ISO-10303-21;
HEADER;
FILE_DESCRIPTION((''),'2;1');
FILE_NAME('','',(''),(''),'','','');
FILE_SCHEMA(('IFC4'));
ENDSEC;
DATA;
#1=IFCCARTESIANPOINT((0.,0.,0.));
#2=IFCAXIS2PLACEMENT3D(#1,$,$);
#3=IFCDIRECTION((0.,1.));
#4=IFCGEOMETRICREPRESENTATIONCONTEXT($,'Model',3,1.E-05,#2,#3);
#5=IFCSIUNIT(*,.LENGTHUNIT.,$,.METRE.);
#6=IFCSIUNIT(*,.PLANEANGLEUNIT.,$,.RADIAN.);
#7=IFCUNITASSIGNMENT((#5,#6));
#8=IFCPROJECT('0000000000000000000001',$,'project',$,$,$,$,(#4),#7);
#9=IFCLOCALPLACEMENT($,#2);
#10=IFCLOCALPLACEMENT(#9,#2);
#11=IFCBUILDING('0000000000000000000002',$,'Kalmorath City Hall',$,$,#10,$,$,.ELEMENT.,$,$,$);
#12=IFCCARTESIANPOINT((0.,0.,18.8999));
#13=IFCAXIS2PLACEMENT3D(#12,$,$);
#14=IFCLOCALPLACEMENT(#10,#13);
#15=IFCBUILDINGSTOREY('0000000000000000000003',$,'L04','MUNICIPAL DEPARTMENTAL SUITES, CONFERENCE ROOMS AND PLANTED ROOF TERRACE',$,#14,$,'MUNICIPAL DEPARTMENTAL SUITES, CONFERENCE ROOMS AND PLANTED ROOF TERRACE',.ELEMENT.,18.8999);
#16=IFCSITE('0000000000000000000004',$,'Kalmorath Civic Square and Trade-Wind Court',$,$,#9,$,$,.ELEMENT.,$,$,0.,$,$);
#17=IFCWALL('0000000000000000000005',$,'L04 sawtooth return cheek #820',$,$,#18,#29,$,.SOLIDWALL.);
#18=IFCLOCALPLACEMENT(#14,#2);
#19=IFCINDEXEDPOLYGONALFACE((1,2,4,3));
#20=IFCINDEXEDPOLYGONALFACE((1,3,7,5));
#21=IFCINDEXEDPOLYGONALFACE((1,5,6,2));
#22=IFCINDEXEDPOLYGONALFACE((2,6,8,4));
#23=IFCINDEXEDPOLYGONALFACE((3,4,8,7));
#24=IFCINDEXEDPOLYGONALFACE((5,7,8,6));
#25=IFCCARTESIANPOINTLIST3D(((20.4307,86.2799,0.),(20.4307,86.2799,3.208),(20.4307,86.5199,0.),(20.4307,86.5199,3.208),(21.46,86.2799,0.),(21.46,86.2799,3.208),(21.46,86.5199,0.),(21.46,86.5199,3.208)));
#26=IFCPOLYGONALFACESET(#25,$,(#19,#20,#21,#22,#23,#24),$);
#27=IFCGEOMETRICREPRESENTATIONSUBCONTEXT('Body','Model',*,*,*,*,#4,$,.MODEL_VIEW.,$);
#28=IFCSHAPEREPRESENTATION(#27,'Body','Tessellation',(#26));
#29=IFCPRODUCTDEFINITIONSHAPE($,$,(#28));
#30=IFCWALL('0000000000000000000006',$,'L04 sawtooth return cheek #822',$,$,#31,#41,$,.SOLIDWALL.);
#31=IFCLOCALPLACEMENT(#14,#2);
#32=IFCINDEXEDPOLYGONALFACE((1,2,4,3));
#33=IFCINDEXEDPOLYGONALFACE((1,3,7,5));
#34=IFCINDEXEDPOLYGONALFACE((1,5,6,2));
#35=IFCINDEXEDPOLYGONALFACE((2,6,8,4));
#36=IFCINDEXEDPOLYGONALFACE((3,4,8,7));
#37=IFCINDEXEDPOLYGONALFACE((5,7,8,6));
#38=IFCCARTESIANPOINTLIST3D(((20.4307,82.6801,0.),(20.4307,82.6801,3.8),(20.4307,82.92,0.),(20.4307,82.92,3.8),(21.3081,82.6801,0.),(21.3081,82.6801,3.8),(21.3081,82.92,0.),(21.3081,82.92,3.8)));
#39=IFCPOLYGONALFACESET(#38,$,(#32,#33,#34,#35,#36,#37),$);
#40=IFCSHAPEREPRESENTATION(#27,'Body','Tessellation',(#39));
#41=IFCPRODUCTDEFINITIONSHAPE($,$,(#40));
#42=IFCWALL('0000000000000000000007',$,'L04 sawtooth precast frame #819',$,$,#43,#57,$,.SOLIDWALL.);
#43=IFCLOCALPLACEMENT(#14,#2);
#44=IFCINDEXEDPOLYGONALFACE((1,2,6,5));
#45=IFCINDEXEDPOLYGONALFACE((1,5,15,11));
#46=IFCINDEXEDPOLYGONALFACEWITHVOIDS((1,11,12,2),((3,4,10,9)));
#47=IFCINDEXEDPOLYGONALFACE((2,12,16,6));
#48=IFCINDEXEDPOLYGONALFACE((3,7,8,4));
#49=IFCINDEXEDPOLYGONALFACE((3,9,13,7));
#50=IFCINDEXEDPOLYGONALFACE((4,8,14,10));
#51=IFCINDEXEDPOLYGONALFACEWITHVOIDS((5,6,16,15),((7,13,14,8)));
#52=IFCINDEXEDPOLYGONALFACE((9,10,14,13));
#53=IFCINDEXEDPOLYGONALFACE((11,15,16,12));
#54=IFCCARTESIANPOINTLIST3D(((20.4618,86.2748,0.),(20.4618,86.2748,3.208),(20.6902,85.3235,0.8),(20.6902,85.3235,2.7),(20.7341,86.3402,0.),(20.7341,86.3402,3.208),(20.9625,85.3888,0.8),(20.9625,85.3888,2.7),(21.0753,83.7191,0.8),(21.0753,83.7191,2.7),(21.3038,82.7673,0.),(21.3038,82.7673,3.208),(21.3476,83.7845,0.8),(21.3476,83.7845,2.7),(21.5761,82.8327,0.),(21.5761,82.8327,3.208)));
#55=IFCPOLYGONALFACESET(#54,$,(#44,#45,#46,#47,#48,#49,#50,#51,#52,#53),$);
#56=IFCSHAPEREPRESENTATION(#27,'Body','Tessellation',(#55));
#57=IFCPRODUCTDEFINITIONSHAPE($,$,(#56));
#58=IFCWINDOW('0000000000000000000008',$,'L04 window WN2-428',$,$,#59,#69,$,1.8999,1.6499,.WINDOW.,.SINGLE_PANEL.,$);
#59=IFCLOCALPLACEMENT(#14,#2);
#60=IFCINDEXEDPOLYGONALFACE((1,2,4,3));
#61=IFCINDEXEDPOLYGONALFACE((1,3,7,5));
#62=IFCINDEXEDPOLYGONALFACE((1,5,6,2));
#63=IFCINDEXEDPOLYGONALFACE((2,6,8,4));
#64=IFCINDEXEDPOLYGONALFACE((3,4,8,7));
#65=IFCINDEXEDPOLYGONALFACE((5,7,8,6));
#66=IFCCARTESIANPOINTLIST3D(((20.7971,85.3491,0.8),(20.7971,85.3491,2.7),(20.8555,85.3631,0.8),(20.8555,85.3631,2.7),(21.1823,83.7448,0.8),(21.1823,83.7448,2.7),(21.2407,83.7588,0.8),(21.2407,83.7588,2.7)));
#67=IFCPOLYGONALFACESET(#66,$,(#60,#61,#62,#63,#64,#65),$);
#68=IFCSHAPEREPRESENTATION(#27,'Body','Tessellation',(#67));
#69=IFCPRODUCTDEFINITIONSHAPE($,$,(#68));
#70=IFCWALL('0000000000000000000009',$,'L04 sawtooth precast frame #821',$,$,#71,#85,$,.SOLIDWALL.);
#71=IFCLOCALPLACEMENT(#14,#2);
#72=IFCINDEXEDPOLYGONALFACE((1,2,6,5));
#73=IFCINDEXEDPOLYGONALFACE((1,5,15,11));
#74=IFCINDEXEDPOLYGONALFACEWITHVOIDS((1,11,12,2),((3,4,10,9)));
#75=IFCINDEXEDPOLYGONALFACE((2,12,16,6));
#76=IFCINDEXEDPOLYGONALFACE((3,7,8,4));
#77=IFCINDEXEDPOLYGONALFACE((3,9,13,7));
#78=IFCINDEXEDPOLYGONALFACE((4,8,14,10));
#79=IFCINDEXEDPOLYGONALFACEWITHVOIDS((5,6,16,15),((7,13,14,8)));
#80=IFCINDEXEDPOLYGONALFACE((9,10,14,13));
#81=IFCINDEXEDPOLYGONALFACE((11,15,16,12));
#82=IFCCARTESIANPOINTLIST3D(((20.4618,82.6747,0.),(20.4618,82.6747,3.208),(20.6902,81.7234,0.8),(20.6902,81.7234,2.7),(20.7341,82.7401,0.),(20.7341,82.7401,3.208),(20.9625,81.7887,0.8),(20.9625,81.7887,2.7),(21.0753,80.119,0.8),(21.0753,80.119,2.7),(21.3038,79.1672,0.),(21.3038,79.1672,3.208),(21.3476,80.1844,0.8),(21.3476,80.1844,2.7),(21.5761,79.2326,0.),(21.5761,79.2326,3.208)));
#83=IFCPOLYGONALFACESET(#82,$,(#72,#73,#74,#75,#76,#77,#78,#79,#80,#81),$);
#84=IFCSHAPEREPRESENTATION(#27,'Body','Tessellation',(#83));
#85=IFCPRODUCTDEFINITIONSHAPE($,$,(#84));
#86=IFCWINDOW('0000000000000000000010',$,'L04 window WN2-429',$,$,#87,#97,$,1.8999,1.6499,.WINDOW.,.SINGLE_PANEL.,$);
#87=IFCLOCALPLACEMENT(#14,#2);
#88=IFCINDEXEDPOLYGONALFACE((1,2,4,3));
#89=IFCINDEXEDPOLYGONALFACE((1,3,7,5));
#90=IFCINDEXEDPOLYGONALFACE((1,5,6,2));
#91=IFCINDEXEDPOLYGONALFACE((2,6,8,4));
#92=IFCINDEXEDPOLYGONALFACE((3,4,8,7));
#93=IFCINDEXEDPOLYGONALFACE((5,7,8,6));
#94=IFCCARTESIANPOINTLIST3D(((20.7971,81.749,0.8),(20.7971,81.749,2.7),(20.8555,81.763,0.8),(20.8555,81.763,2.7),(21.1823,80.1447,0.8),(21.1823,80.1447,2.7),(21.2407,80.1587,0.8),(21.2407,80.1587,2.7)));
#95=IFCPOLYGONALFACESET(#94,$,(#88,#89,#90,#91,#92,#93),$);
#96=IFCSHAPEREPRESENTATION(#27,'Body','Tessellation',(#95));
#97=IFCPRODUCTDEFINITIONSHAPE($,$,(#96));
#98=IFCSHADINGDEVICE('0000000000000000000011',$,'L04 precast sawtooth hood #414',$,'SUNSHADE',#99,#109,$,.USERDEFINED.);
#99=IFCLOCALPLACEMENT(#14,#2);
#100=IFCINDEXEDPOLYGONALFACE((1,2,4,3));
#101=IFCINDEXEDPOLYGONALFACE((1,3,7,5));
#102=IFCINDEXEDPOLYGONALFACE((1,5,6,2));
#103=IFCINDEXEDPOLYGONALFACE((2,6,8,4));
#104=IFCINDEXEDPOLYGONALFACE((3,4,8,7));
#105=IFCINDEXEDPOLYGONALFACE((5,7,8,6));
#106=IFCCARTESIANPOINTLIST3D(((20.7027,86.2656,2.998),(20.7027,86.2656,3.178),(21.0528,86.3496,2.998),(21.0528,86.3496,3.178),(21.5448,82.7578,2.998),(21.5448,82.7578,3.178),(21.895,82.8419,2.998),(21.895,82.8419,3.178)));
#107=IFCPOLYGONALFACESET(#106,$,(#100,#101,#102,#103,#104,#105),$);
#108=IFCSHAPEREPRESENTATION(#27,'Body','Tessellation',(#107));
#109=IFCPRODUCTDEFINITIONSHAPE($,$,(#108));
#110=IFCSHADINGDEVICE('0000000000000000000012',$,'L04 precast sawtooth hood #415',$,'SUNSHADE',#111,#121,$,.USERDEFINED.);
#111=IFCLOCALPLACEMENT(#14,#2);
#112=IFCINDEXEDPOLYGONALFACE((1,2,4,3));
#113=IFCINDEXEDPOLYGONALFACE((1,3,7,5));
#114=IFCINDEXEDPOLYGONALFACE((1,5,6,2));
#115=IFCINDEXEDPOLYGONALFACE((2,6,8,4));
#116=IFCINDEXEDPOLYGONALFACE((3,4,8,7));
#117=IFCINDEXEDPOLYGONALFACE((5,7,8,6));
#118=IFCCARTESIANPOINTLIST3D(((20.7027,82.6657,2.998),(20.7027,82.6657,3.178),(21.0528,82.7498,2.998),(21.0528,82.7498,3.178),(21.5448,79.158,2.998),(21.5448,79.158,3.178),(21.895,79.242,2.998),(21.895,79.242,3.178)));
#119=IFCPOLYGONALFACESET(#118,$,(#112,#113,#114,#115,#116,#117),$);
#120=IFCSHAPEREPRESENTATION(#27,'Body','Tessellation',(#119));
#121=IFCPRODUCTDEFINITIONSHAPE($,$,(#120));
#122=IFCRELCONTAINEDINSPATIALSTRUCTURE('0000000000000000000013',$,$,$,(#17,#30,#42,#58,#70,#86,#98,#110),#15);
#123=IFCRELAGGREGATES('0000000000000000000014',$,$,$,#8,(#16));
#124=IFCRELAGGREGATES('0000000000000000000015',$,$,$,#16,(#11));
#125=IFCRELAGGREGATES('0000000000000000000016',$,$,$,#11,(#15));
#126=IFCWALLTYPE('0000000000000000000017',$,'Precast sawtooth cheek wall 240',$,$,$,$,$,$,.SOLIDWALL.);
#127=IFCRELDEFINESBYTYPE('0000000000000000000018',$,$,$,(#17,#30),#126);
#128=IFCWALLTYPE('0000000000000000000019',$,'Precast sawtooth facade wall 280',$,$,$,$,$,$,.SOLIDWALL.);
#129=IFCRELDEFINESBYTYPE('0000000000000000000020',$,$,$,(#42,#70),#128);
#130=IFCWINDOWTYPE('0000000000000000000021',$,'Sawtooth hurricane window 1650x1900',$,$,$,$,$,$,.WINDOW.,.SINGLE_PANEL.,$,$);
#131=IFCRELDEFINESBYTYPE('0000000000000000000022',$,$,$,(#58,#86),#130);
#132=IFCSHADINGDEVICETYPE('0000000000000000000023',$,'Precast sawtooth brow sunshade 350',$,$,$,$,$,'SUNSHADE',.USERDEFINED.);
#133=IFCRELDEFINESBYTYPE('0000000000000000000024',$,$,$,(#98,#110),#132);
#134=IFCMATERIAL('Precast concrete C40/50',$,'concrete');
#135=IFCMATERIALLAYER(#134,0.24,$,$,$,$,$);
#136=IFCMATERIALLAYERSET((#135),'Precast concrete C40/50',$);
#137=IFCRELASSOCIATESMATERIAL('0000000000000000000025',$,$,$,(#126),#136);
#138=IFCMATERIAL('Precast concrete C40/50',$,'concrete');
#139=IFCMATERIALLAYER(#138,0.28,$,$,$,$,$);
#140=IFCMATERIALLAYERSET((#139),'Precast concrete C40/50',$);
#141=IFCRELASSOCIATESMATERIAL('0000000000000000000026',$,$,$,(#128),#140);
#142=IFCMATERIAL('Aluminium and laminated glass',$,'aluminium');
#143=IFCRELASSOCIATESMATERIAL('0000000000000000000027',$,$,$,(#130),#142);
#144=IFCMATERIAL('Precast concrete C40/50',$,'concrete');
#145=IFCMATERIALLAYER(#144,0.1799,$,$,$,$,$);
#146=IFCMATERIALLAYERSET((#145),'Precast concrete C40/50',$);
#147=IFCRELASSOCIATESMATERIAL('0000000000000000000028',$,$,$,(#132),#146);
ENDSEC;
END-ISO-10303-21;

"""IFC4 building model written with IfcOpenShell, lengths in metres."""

from ifc_helpers import new_model, si_unit, direction, frame, frame_2d, origin, origin_2d, place, context, subcontext, project, spatial, rectangle, extrude, material, layer, layer_set, type_object, element, fill, save


model = new_model("IFC4")

# Units and contexts
model_context = context("Model", 3, precision=1e-05, world=origin(), true_north=direction((0.0, 1.0)))
body_context = subcontext(model_context, "Body", "Model", "MODEL_VIEW")
ifc_project = project(units=[si_unit("LENGTHUNIT", "METRE"), si_unit("PLANEANGLEUNIT", "RADIAN")], contexts=[model_context])

# Site, building, storey
site_placement = place(None, origin())
site = spatial("IfcSite", under=ifc_project, at=site_placement, Name="Kalmorath Civic Square and Trade-Wind Court", CompositionType="ELEMENT", RefElevation=0.0)
building_placement = place(site_placement, origin())
building = spatial("IfcBuilding", under=site, at=building_placement, Name="Kalmorath City Hall", CompositionType="ELEMENT")
storey_placement = place(building_placement, frame((0.0, 0.0, 18.8999)))
storey = spatial("IfcBuildingStorey", under=building, at=storey_placement, Name="L04", Description="MUNICIPAL DEPARTMENTAL SUITES, CONFERENCE ROOMS AND PLANTED ROOF TERRACE", LongName="MUNICIPAL DEPARTMENTAL SUITES, CONFERENCE ROOMS AND PLANTED ROOF TERRACE", CompositionType="ELEMENT", Elevation=18.8999)

# Walls
ifc_material_1 = material(Name="Precast concrete C40/50", Category="concrete")
ifc_layer_1 = layer(ifc_material_1, 0.24)
ifc_layer_set_1 = layer_set([ifc_layer_1], Name="Precast concrete C40/50")
wall_type_1 = type_object("IfcWallType", Name="Precast sawtooth cheek wall 240", PredefinedType="SOLIDWALL", material=ifc_layer_set_1)
wall_1_placement = place(storey_placement, frame((20.4307, 86.3999, 0.0), z_axis=(0.0, 0.0, 1.0), x_axis=(1.0, 0.0, 0.0)))
element("IfcWall", 1, at=wall_1_placement, inside=storey, type_object=wall_type_1, Name="L04 sawtooth return cheek #820", PredefinedType="SOLIDWALL", context=body_context, shape_type="SweptSolid", body=[
    extrude(rectangle(XDim=1.0293, YDim=0.24, at=frame_2d((0.5146, 0.0))), origin(), (0.0, 0.0, 1.0), 3.208),
])
wall_2_placement = place(storey_placement, frame((20.4307, 82.8, 0.0), z_axis=(0.0, 0.0, 1.0), x_axis=(1.0, 0.0, 0.0)))
element("IfcWall", 2, at=wall_2_placement, inside=storey, type_object=wall_type_1, Name="L04 sawtooth return cheek #822", PredefinedType="SOLIDWALL", context=body_context, shape_type="SweptSolid", body=[
    extrude(rectangle(XDim=0.8774, YDim=0.24, at=frame_2d((0.4387, 0.0))), origin(), (0.0, 0.0, 1.0), 3.8),
])

# Walls, openings, windows
ifc_material_2 = material(Name="Precast concrete C40/50", Category="concrete")
ifc_layer_2 = layer(ifc_material_2, 0.28)
ifc_layer_set_2 = layer_set([ifc_layer_2], Name="Precast concrete C40/50")
wall_type_2 = type_object("IfcWallType", Name="Precast sawtooth facade wall 280", PredefinedType="SOLIDWALL", material=ifc_layer_set_2)
wall_3_placement = place(storey_placement, frame((20.5979, 86.3076, 0.0), z_axis=(0.0, 0.0, 1.0), x_axis=(0.233432, -0.972373, 0.0)))
wall_3 = element("IfcWall", 3, at=wall_3_placement, inside=storey, type_object=wall_type_2, Name="L04 sawtooth precast frame #819", PredefinedType="SOLIDWALL", context=body_context, shape_type="SweptSolid", body=[
    extrude(rectangle(XDim=3.6072, YDim=0.28, at=frame_2d((1.8037, 0.0))), origin(), (0.0, 0.0, 1.0), 3.208),
])
opening_1_placement = place(wall_3_placement, frame((0.9785, 0.0, 0.8)))
opening_1 = element("IfcOpeningElement", 4, at=opening_1_placement, cuts=wall_3, PredefinedType="OPENING", context=body_context, shape_type="SweptSolid", body=[
    extrude(rectangle(XDim=1.6499, YDim=1.8999, at=frame_2d((0.825, 0.95))), frame((0.0, 0.1499, 0.0), z_axis=(0.0, -1.0, 0.0), x_axis=(1.0, 0.0, 0.0)), (0.0, 0.0, 1.0), 0.3),
])
ifc_material_3 = material(Name="Aluminium and laminated glass", Category="aluminium")
window_type = type_object("IfcWindowType", Name="Sawtooth hurricane window 1650x1900", PartitioningType="SINGLE_PANEL", PredefinedType="WINDOW", material=ifc_material_3)
window_1_placement = place(opening_1_placement, origin())
window_1 = element("IfcWindow", 5, at=window_1_placement, inside=storey, type_object=window_type, Name="L04 window WN2-428", OverallHeight=1.8999, OverallWidth=1.6499, PartitioningType="SINGLE_PANEL", PredefinedType="WINDOW", context=body_context, shape_type="SweptSolid", body=[
    extrude(rectangle(XDim=1.6499, YDim=1.8999, at=frame_2d((0.825, 0.95))), frame((0.0, 0.03, 0.0), z_axis=(0.0, -1.0, 0.0), x_axis=(1.0, 0.0, 0.0)), (0.0, 0.0, 1.0), 0.0601),
])
fill(opening_1, window_1)
wall_4_placement = place(storey_placement, frame((20.5979, 82.7075, 0.0), z_axis=(0.0, 0.0, 1.0), x_axis=(0.233432, -0.972373, 0.0)))
wall_4 = element("IfcWall", 6, at=wall_4_placement, inside=storey, type_object=wall_type_2, Name="L04 sawtooth precast frame #821", PredefinedType="SOLIDWALL", context=body_context, shape_type="SweptSolid", body=[
    extrude(rectangle(XDim=3.6072, YDim=0.28, at=frame_2d((1.8037, 0.0))), origin(), (0.0, 0.0, 1.0), 3.208),
])
opening_2_placement = place(wall_4_placement, frame((0.9785, 0.0, 0.8)))
opening_2 = element("IfcOpeningElement", 7, at=opening_2_placement, cuts=wall_4, PredefinedType="OPENING", context=body_context, shape_type="SweptSolid", body=[
    extrude(rectangle(XDim=1.6499, YDim=1.8999, at=frame_2d((0.825, 0.95))), frame((0.0, 0.1499, 0.0), z_axis=(0.0, -1.0, 0.0), x_axis=(1.0, 0.0, 0.0)), (0.0, 0.0, 1.0), 0.3),
])
window_2_placement = place(opening_2_placement, origin())
window_2 = element("IfcWindow", 8, at=window_2_placement, inside=storey, type_object=window_type, Name="L04 window WN2-429", OverallHeight=1.8999, OverallWidth=1.6499, PartitioningType="SINGLE_PANEL", PredefinedType="WINDOW", context=body_context, shape_type="SweptSolid", body=[
    extrude(rectangle(XDim=1.6499, YDim=1.8999, at=frame_2d((0.825, 0.95))), frame((0.0, 0.03, 0.0), z_axis=(0.0, -1.0, 0.0), x_axis=(1.0, 0.0, 0.0)), (0.0, 0.0, 1.0), 0.0601),
])
fill(opening_2, window_2)

# Shading devices
ifc_material_4 = material(Name="Precast concrete C40/50", Category="concrete")
ifc_layer_3 = layer(ifc_material_4, 0.1799)
ifc_layer_set_3 = layer_set([ifc_layer_3], Name="Precast concrete C40/50")
shading_device_type = type_object("IfcShadingDeviceType", Name="Precast sawtooth brow sunshade 350", ElementType="SUNSHADE", PredefinedType="USERDEFINED", material=ifc_layer_set_3)
for number, where, z_axis, x_axis, name in (
    (9, (21.2988, 84.5537, 2.998), (0.0, 0.0, 1.0), (0.233445, -0.97237, 0.0), "L04 precast sawtooth hood #414"),
    (10, (21.2988, 80.9539, 2.998), (0.0, 0.0, 1.0), (0.233445, -0.97237, 0.0), "L04 precast sawtooth hood #415"),
):
    element("IfcShadingDevice", number, at=place(storey_placement, frame(where, z_axis=z_axis, x_axis=x_axis)), inside=storey, type_object=shading_device_type, Name=name, ObjectType="SUNSHADE", PredefinedType="USERDEFINED", context=body_context, shape_type="SweptSolid", body=[
        extrude(rectangle(XDim=3.6074, YDim=0.3601, at=origin_2d()), origin(), (0.0, 0.0, 1.0), 0.1799),
    ])

save(model, "model.ifc")
